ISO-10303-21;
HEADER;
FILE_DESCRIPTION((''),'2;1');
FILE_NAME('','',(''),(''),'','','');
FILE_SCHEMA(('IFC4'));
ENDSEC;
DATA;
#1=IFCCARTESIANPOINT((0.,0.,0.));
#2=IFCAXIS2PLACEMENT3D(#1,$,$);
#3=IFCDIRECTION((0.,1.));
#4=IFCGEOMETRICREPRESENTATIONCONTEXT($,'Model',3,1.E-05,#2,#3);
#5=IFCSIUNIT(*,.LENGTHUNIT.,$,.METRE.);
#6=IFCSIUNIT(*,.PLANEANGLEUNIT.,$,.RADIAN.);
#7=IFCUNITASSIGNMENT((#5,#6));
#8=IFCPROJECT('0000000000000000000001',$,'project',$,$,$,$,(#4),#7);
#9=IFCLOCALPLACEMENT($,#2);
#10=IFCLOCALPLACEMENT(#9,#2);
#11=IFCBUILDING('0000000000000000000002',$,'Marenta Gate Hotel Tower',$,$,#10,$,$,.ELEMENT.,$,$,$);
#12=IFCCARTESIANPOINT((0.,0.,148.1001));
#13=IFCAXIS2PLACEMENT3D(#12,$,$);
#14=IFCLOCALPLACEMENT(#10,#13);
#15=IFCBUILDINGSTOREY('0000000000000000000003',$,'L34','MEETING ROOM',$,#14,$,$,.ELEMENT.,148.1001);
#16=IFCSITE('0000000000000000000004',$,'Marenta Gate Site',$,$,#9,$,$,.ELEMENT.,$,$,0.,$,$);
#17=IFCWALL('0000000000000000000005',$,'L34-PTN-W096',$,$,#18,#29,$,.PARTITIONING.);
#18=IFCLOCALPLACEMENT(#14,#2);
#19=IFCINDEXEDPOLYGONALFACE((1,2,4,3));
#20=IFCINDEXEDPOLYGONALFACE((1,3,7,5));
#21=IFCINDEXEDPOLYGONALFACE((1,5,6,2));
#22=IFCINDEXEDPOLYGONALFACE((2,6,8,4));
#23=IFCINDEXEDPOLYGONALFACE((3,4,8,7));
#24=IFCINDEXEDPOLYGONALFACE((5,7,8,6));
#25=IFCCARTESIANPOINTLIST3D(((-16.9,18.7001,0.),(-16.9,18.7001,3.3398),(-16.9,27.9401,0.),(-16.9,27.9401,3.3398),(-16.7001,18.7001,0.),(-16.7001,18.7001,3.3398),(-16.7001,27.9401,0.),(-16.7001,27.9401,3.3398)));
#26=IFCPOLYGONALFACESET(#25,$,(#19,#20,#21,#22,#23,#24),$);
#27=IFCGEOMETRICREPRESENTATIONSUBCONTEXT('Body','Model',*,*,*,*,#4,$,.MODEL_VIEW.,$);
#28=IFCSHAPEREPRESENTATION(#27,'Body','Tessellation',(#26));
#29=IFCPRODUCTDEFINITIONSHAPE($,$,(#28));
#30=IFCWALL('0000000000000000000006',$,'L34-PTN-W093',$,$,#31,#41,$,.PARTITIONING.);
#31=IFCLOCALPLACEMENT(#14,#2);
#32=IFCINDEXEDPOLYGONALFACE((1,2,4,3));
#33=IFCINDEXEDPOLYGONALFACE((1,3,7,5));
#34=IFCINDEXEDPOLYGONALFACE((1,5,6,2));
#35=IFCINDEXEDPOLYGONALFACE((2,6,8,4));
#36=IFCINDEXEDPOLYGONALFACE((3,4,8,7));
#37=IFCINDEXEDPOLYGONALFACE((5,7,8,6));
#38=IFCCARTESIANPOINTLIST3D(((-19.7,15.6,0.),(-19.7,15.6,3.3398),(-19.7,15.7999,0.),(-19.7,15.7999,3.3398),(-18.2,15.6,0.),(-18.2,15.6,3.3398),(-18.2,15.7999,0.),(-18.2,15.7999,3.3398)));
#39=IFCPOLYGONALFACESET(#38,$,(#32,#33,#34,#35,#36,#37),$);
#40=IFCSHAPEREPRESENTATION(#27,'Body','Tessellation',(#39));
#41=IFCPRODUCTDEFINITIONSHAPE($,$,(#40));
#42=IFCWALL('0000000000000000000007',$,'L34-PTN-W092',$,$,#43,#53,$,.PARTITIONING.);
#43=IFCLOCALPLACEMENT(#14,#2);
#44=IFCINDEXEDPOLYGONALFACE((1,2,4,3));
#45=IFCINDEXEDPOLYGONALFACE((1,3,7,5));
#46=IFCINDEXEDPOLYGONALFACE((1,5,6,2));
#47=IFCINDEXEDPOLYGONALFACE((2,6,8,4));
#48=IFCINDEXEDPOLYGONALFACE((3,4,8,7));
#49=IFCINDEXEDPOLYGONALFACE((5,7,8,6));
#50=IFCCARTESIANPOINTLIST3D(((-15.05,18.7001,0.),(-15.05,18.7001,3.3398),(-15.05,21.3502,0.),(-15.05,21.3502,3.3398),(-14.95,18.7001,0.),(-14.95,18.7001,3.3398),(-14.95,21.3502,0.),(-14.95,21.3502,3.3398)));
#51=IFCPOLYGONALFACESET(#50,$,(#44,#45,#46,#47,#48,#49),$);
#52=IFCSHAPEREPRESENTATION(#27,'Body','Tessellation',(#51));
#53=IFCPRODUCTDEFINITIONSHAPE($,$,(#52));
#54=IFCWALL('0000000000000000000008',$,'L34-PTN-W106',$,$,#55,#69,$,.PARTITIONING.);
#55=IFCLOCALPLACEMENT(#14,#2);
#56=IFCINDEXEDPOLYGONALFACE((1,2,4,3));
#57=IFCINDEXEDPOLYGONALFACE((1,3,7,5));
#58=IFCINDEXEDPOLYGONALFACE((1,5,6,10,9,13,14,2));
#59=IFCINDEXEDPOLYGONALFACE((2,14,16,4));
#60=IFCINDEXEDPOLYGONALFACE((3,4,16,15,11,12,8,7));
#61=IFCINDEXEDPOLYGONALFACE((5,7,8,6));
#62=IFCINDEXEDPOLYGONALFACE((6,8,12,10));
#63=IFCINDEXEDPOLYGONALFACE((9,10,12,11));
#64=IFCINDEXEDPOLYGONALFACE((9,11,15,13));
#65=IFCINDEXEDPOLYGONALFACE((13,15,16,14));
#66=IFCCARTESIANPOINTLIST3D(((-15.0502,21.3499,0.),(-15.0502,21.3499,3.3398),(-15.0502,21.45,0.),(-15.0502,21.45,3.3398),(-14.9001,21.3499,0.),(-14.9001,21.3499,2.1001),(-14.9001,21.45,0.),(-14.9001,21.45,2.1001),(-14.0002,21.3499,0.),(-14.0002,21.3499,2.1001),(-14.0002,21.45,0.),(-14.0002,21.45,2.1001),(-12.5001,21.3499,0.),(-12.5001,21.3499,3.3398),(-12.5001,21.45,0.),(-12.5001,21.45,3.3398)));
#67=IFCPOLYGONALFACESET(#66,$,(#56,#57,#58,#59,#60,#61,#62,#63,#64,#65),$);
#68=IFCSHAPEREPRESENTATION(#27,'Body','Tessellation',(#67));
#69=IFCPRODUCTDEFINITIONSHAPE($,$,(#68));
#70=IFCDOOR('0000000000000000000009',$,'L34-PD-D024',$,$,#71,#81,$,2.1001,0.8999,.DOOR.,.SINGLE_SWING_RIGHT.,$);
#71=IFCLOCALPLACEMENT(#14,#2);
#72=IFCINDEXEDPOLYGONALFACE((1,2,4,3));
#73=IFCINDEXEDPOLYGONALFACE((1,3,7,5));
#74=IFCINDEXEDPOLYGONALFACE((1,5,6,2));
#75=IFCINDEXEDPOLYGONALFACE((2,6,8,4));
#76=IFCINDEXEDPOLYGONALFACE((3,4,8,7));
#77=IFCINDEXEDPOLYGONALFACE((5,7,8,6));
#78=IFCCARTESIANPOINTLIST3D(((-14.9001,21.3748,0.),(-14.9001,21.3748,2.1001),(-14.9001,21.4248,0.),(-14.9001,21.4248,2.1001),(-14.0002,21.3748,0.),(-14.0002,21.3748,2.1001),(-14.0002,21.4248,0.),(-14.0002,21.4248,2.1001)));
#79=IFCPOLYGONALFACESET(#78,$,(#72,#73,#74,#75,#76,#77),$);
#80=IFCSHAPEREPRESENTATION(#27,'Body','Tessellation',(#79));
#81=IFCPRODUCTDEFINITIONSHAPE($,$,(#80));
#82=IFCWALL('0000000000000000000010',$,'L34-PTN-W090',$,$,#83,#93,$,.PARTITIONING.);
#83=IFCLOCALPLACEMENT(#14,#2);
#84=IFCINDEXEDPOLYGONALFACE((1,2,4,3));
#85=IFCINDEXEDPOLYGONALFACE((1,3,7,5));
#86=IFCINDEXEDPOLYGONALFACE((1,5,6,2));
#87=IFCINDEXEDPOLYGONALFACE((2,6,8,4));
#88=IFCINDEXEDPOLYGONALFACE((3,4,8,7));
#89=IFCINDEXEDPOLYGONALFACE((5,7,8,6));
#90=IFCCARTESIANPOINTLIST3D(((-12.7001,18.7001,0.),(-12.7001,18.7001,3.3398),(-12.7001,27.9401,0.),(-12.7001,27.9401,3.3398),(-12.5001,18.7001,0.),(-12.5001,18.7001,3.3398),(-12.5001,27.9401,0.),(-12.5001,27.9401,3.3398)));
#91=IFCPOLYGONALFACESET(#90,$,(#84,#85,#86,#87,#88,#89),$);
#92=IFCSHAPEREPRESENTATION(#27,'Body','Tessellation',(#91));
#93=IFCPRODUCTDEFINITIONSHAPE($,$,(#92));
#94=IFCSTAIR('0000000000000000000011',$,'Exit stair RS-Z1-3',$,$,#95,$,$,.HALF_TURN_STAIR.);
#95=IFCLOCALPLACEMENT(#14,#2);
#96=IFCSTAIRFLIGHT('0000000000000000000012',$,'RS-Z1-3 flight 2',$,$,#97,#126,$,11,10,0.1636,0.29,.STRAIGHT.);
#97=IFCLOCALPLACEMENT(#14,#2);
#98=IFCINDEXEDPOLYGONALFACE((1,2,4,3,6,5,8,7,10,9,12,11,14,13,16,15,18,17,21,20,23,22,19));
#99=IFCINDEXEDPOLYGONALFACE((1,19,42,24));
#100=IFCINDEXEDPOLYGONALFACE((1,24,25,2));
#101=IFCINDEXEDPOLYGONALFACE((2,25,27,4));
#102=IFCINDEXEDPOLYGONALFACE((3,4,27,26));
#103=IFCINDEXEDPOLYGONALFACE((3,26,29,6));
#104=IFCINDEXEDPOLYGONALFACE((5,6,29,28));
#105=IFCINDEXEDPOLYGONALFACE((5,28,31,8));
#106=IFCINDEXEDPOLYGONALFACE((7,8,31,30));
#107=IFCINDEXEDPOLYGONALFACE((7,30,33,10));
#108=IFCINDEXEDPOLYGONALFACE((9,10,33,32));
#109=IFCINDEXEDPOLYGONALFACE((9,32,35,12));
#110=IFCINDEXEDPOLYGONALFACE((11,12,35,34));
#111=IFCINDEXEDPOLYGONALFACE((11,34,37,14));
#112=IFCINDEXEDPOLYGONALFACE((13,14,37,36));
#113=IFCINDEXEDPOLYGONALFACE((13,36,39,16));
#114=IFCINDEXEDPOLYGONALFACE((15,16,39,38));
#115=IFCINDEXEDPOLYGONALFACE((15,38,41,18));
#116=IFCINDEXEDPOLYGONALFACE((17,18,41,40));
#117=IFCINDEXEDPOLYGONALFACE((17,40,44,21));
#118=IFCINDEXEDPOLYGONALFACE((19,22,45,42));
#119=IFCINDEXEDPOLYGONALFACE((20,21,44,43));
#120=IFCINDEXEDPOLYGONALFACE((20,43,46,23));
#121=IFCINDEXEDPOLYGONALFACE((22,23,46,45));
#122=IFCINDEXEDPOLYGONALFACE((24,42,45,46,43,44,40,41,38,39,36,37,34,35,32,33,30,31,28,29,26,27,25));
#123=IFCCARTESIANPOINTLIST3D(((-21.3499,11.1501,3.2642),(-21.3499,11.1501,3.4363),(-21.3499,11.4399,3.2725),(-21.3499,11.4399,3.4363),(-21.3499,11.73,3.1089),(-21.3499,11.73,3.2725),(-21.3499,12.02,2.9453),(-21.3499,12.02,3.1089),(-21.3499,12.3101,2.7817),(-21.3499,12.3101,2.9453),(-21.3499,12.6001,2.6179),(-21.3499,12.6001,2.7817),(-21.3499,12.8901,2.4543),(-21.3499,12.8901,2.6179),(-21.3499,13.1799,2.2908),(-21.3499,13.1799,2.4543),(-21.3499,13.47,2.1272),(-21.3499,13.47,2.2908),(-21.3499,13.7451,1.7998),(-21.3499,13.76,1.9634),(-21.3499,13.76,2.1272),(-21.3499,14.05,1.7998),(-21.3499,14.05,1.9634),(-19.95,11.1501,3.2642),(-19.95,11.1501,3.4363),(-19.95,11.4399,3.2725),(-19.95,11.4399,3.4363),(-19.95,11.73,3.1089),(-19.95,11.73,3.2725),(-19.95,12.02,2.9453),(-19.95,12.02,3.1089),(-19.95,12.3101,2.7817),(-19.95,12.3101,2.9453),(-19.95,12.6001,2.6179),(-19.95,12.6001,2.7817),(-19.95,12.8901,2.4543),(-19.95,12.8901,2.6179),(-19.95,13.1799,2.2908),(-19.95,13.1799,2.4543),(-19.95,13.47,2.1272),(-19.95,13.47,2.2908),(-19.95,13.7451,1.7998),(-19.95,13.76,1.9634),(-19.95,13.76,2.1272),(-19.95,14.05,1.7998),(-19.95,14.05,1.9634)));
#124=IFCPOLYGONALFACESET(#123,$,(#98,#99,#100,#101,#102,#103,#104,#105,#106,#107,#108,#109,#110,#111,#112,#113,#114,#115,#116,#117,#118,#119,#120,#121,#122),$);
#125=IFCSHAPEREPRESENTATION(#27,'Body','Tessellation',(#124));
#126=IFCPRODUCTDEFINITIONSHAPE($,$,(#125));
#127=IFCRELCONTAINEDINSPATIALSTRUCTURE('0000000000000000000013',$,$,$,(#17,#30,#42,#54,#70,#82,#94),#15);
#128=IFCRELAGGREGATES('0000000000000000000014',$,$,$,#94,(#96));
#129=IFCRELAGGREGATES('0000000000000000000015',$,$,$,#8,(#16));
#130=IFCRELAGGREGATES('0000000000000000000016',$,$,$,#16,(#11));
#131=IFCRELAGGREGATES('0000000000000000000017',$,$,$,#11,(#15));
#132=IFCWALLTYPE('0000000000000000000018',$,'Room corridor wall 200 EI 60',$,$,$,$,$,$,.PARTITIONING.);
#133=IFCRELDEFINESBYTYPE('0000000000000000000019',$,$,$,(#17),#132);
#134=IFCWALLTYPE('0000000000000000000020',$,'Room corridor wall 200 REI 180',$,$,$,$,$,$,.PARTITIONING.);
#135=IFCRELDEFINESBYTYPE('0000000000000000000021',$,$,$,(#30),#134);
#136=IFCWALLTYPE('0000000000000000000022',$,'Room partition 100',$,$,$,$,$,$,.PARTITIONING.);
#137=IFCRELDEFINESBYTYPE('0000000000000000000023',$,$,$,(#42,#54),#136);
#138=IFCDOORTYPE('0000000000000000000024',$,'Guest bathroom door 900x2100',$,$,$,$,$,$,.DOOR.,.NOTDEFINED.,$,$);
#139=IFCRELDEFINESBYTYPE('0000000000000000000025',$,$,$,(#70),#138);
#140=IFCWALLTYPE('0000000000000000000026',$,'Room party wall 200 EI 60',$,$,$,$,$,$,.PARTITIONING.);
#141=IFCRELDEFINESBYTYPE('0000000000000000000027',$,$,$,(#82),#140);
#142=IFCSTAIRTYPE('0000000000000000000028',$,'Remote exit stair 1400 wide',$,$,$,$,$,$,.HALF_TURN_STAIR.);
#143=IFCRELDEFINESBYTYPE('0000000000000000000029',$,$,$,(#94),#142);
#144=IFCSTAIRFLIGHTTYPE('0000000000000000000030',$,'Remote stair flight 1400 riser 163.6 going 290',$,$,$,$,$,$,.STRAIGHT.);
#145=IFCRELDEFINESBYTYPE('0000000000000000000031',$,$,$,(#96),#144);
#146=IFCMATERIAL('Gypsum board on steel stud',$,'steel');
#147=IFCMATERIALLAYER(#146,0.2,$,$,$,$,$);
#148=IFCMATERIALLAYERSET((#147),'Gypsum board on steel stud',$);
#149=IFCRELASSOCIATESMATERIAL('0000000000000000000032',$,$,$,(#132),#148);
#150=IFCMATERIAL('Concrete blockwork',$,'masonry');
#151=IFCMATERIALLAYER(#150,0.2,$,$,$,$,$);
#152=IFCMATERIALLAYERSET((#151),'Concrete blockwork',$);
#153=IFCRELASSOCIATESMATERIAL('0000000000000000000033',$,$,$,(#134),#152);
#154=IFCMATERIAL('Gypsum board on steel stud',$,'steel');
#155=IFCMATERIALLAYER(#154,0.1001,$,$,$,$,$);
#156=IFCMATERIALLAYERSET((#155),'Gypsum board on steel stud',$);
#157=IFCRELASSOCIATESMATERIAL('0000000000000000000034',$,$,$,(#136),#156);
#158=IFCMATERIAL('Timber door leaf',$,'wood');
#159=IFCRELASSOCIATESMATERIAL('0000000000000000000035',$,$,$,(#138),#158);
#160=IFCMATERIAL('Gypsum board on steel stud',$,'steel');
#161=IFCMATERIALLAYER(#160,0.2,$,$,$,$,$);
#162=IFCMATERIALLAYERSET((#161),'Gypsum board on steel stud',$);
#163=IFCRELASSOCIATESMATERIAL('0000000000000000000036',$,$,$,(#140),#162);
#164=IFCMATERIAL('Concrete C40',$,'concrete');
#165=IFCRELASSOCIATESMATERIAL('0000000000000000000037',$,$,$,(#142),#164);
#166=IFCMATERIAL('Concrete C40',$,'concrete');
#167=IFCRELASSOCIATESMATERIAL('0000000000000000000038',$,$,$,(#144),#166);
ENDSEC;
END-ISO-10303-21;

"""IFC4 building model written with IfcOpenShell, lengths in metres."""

from ifc_helpers import new_model, si_unit, direction, frame, frame_2d, origin, place, context, subcontext, project, spatial, polyline, rectangle, outline, extrude, material, layer, layer_set, type_object, element, fill, aggregate, save


model = new_model("IFC4")

# Units and contexts
model_context = context("Model", 3, precision=1e-05, world=origin(), true_north=direction((0.0, 1.0)))
body_context = subcontext(model_context, "Body", "Model", "MODEL_VIEW")
ifc_project = project(units=[si_unit("LENGTHUNIT", "METRE"), si_unit("PLANEANGLEUNIT", "RADIAN")], contexts=[model_context])

# Site, building, storey
site_placement = place(None, origin())
site = spatial("IfcSite", under=ifc_project, at=site_placement, Name="Marenta Gate Site", CompositionType="ELEMENT", RefElevation=0.0)
building_placement = place(site_placement, origin())
building = spatial("IfcBuilding", under=site, at=building_placement, Name="Marenta Gate Hotel Tower", CompositionType="ELEMENT")
storey_placement = place(building_placement, frame((0.0, 0.0, 148.1001)))
storey = spatial("IfcBuildingStorey", under=building, at=storey_placement, Name="L34", Description="MEETING ROOM", CompositionType="ELEMENT", Elevation=148.1001)

# Wall
ifc_material_1 = material(Name="Gypsum board on steel stud", Category="steel")
ifc_layer_1 = layer(ifc_material_1, 0.2)
ifc_layer_set_1 = layer_set([ifc_layer_1], Name="Gypsum board on steel stud")
wall_type_1 = type_object("IfcWallType", Name="Room corridor wall 200 EI 60", PredefinedType="PARTITIONING", material=ifc_layer_set_1)
wall_1_placement = place(storey_placement, frame((-16.8, 18.7, 0.0), z_axis=(0.0, 0.0, 1.0), x_axis=(0.0, 1.0, 0.0)))
element("IfcWall", 1, at=wall_1_placement, inside=storey, type_object=wall_type_1, Name="L34-PTN-W096", PredefinedType="PARTITIONING", context=body_context, shape_type="SweptSolid", body=[
    extrude(rectangle(XDim=9.24, YDim=0.2, at=frame_2d((4.6201, 0.0))), origin(), (0.0, 0.0, 1.0), 3.3398),
])

# Walls
ifc_material_2 = material(Name="Concrete blockwork", Category="masonry")
ifc_layer_2 = layer(ifc_material_2, 0.2)
ifc_layer_set_2 = layer_set([ifc_layer_2], Name="Concrete blockwork")
wall_type_2 = type_object("IfcWallType", Name="Room corridor wall 200 REI 180", PredefinedType="PARTITIONING", material=ifc_layer_set_2)
wall_2_placement = place(storey_placement, frame((-19.7, 15.7, 0.0), z_axis=(0.0, 0.0, 1.0), x_axis=(1.0, 0.0, 0.0)))
element("IfcWall", 2, at=wall_2_placement, inside=storey, type_object=wall_type_2, Name="L34-PTN-W093", PredefinedType="PARTITIONING", context=body_context, shape_type="SweptSolid", body=[
    extrude(rectangle(XDim=1.5, YDim=0.2, at=frame_2d((0.75, 0.0))), origin(), (0.0, 0.0, 1.0), 3.3398),
])
ifc_material_3 = material(Name="Gypsum board on steel stud", Category="steel")
ifc_layer_3 = layer(ifc_material_3, 0.1001)
ifc_layer_set_3 = layer_set([ifc_layer_3], Name="Gypsum board on steel stud")
wall_type_3 = type_object("IfcWallType", Name="Room partition 100", PredefinedType="PARTITIONING", material=ifc_layer_set_3)
wall_3_placement = place(storey_placement, frame((-15.0, 18.7, 0.0), z_axis=(0.0, 0.0, 1.0), x_axis=(0.0, 1.0, 0.0)))
element("IfcWall", 3, at=wall_3_placement, inside=storey, type_object=wall_type_3, Name="L34-PTN-W092", PredefinedType="PARTITIONING", context=body_context, shape_type="SweptSolid", body=[
    extrude(rectangle(XDim=2.6501, YDim=0.1001, at=frame_2d((1.3252, 0.0))), origin(), (0.0, 0.0, 1.0), 3.3398),
])

# Wall, opening, door
wall_4_placement = place(storey_placement, frame((-15.05, 21.3999, 0.0), z_axis=(0.0, 0.0, 1.0), x_axis=(1.0, 0.0, 0.0)))
wall_4 = element("IfcWall", 4, at=wall_4_placement, inside=storey, type_object=wall_type_3, Name="L34-PTN-W106", PredefinedType="PARTITIONING", context=body_context, shape_type="SweptSolid", body=[
    extrude(rectangle(XDim=2.55, YDim=0.1001, at=frame_2d((1.2749, 0.0))), origin(), (0.0, 0.0, 1.0), 3.3398),
])
opening_1_placement = place(wall_4_placement, frame((0.1499, 0.0, 0.0)))
opening_1 = element("IfcOpeningElement", 5, at=opening_1_placement, cuts=wall_4, PredefinedType="OPENING", context=body_context, shape_type="SweptSolid", body=[
    extrude(rectangle(XDim=0.8999, YDim=2.1001, at=frame_2d((0.45, 1.05))), frame((0.0, 0.05, 0.0), z_axis=(0.0, -1.0, 0.0), x_axis=(1.0, 0.0, 0.0)), (0.0, 0.0, 1.0), 0.1001),
])
ifc_material_4 = material(Name="Timber door leaf", Category="wood")
door_type_1 = type_object("IfcDoorType", Name="Guest bathroom door 900x2100", OperationType="NOTDEFINED", PredefinedType="DOOR", material=ifc_material_4)
door_1_placement = place(opening_1_placement, origin())
door_1 = element("IfcDoor", 6, at=door_1_placement, inside=storey, type_object=door_type_1, Name="L34-PD-D024", OperationType="SINGLE_SWING_RIGHT", OverallHeight=2.1001, OverallWidth=0.8999, PredefinedType="DOOR", context=body_context, shape_type="SweptSolid", body=[
    extrude(rectangle(XDim=0.8999, YDim=2.1001, at=frame_2d((0.45, 1.05))), frame((0.0, 0.0249, 0.0), z_axis=(0.0, -1.0, 0.0), x_axis=(1.0, 0.0, 0.0)), (0.0, 0.0, 1.0), 0.05),
])
fill(opening_1, door_1)

# Wall
ifc_material_5 = material(Name="Gypsum board on steel stud", Category="steel")
ifc_layer_4 = layer(ifc_material_5, 0.2)
ifc_layer_set_4 = layer_set([ifc_layer_4], Name="Gypsum board on steel stud")
wall_type_4 = type_object("IfcWallType", Name="Room party wall 200 EI 60", PredefinedType="PARTITIONING", material=ifc_layer_set_4)
wall_5_placement = place(storey_placement, frame((-12.6001, 18.7, 0.0), z_axis=(0.0, 0.0, 1.0), x_axis=(0.0, 1.0, 0.0)))
element("IfcWall", 7, at=wall_5_placement, inside=storey, type_object=wall_type_4, Name="L34-PTN-W090", PredefinedType="PARTITIONING", context=body_context, shape_type="SweptSolid", body=[
    extrude(rectangle(XDim=9.24, YDim=0.2, at=frame_2d((4.6201, 0.0))), origin(), (0.0, 0.0, 1.0), 3.3398),
])

# Stair, stair flight
ifc_material_6 = material(Name="Concrete C40", Category="concrete")
stair_type = type_object("IfcStairType", Name="Remote exit stair 1400 wide", PredefinedType="HALF_TURN_STAIR", material=ifc_material_6)
stair_placement = place(storey_placement, origin())
stair = element("IfcStair", 8, at=stair_placement, inside=storey, type_object=stair_type, Name="Exit stair RS-Z1-3", PredefinedType="HALF_TURN_STAIR")
ifc_material_7 = material(Name="Concrete C40", Category="concrete")
stair_flight_type = type_object("IfcStairFlightType", Name="Remote stair flight 1400 riser 163.6 going 290", PredefinedType="STRAIGHT", material=ifc_material_7)
stair_flight_placement = place(storey_placement, frame((-20.6499, 14.05, 1.7998), z_axis=(0.0, 0.0, 1.0), x_axis=(0.0, -1.0, 0.0)))
stair_flight = element("IfcStairFlight", 9, at=stair_flight_placement, type_object=stair_flight_type, Name="RS-Z1-3 flight 2", NumberOfRisers=11, NumberOfTreads=10, PredefinedType="STRAIGHT", RiserHeight=0.1636, TreadLength=0.29, context=body_context, shape_type="SweptSolid", body=[
    extrude(outline(polyline([(0.0, 0.0), (0.0, 0.1636), (0.29, 0.1636), (0.29, 0.3274), (0.5801, 0.3274), (0.5801, 0.491), (0.8701, 0.491), (0.8701, 0.6545), (1.1599, 0.6545), (1.1599, 0.8181), (1.45, 0.8181), (1.45, 0.9819), (1.74, 0.9819), (1.74, 1.1455), (2.03, 1.1455), (2.03, 1.3091), (2.3201, 1.3091), (2.3201, 1.4727), (2.6101, 1.4727), (2.6101, 1.6365), (2.8999, 1.6365), (2.8999, 1.8), (2.8999, 1.4644), (0.3049, 0.0), (0.0, 0.0)])), frame((0.0, 0.7, 0.0), z_axis=(0.0, -1.0, 0.0), x_axis=(1.0, 0.0, 0.0)), (0.0, 0.0, 1.0), 1.3999),
])
aggregate(stair, [stair_flight])

save(model, "model.ifc")
